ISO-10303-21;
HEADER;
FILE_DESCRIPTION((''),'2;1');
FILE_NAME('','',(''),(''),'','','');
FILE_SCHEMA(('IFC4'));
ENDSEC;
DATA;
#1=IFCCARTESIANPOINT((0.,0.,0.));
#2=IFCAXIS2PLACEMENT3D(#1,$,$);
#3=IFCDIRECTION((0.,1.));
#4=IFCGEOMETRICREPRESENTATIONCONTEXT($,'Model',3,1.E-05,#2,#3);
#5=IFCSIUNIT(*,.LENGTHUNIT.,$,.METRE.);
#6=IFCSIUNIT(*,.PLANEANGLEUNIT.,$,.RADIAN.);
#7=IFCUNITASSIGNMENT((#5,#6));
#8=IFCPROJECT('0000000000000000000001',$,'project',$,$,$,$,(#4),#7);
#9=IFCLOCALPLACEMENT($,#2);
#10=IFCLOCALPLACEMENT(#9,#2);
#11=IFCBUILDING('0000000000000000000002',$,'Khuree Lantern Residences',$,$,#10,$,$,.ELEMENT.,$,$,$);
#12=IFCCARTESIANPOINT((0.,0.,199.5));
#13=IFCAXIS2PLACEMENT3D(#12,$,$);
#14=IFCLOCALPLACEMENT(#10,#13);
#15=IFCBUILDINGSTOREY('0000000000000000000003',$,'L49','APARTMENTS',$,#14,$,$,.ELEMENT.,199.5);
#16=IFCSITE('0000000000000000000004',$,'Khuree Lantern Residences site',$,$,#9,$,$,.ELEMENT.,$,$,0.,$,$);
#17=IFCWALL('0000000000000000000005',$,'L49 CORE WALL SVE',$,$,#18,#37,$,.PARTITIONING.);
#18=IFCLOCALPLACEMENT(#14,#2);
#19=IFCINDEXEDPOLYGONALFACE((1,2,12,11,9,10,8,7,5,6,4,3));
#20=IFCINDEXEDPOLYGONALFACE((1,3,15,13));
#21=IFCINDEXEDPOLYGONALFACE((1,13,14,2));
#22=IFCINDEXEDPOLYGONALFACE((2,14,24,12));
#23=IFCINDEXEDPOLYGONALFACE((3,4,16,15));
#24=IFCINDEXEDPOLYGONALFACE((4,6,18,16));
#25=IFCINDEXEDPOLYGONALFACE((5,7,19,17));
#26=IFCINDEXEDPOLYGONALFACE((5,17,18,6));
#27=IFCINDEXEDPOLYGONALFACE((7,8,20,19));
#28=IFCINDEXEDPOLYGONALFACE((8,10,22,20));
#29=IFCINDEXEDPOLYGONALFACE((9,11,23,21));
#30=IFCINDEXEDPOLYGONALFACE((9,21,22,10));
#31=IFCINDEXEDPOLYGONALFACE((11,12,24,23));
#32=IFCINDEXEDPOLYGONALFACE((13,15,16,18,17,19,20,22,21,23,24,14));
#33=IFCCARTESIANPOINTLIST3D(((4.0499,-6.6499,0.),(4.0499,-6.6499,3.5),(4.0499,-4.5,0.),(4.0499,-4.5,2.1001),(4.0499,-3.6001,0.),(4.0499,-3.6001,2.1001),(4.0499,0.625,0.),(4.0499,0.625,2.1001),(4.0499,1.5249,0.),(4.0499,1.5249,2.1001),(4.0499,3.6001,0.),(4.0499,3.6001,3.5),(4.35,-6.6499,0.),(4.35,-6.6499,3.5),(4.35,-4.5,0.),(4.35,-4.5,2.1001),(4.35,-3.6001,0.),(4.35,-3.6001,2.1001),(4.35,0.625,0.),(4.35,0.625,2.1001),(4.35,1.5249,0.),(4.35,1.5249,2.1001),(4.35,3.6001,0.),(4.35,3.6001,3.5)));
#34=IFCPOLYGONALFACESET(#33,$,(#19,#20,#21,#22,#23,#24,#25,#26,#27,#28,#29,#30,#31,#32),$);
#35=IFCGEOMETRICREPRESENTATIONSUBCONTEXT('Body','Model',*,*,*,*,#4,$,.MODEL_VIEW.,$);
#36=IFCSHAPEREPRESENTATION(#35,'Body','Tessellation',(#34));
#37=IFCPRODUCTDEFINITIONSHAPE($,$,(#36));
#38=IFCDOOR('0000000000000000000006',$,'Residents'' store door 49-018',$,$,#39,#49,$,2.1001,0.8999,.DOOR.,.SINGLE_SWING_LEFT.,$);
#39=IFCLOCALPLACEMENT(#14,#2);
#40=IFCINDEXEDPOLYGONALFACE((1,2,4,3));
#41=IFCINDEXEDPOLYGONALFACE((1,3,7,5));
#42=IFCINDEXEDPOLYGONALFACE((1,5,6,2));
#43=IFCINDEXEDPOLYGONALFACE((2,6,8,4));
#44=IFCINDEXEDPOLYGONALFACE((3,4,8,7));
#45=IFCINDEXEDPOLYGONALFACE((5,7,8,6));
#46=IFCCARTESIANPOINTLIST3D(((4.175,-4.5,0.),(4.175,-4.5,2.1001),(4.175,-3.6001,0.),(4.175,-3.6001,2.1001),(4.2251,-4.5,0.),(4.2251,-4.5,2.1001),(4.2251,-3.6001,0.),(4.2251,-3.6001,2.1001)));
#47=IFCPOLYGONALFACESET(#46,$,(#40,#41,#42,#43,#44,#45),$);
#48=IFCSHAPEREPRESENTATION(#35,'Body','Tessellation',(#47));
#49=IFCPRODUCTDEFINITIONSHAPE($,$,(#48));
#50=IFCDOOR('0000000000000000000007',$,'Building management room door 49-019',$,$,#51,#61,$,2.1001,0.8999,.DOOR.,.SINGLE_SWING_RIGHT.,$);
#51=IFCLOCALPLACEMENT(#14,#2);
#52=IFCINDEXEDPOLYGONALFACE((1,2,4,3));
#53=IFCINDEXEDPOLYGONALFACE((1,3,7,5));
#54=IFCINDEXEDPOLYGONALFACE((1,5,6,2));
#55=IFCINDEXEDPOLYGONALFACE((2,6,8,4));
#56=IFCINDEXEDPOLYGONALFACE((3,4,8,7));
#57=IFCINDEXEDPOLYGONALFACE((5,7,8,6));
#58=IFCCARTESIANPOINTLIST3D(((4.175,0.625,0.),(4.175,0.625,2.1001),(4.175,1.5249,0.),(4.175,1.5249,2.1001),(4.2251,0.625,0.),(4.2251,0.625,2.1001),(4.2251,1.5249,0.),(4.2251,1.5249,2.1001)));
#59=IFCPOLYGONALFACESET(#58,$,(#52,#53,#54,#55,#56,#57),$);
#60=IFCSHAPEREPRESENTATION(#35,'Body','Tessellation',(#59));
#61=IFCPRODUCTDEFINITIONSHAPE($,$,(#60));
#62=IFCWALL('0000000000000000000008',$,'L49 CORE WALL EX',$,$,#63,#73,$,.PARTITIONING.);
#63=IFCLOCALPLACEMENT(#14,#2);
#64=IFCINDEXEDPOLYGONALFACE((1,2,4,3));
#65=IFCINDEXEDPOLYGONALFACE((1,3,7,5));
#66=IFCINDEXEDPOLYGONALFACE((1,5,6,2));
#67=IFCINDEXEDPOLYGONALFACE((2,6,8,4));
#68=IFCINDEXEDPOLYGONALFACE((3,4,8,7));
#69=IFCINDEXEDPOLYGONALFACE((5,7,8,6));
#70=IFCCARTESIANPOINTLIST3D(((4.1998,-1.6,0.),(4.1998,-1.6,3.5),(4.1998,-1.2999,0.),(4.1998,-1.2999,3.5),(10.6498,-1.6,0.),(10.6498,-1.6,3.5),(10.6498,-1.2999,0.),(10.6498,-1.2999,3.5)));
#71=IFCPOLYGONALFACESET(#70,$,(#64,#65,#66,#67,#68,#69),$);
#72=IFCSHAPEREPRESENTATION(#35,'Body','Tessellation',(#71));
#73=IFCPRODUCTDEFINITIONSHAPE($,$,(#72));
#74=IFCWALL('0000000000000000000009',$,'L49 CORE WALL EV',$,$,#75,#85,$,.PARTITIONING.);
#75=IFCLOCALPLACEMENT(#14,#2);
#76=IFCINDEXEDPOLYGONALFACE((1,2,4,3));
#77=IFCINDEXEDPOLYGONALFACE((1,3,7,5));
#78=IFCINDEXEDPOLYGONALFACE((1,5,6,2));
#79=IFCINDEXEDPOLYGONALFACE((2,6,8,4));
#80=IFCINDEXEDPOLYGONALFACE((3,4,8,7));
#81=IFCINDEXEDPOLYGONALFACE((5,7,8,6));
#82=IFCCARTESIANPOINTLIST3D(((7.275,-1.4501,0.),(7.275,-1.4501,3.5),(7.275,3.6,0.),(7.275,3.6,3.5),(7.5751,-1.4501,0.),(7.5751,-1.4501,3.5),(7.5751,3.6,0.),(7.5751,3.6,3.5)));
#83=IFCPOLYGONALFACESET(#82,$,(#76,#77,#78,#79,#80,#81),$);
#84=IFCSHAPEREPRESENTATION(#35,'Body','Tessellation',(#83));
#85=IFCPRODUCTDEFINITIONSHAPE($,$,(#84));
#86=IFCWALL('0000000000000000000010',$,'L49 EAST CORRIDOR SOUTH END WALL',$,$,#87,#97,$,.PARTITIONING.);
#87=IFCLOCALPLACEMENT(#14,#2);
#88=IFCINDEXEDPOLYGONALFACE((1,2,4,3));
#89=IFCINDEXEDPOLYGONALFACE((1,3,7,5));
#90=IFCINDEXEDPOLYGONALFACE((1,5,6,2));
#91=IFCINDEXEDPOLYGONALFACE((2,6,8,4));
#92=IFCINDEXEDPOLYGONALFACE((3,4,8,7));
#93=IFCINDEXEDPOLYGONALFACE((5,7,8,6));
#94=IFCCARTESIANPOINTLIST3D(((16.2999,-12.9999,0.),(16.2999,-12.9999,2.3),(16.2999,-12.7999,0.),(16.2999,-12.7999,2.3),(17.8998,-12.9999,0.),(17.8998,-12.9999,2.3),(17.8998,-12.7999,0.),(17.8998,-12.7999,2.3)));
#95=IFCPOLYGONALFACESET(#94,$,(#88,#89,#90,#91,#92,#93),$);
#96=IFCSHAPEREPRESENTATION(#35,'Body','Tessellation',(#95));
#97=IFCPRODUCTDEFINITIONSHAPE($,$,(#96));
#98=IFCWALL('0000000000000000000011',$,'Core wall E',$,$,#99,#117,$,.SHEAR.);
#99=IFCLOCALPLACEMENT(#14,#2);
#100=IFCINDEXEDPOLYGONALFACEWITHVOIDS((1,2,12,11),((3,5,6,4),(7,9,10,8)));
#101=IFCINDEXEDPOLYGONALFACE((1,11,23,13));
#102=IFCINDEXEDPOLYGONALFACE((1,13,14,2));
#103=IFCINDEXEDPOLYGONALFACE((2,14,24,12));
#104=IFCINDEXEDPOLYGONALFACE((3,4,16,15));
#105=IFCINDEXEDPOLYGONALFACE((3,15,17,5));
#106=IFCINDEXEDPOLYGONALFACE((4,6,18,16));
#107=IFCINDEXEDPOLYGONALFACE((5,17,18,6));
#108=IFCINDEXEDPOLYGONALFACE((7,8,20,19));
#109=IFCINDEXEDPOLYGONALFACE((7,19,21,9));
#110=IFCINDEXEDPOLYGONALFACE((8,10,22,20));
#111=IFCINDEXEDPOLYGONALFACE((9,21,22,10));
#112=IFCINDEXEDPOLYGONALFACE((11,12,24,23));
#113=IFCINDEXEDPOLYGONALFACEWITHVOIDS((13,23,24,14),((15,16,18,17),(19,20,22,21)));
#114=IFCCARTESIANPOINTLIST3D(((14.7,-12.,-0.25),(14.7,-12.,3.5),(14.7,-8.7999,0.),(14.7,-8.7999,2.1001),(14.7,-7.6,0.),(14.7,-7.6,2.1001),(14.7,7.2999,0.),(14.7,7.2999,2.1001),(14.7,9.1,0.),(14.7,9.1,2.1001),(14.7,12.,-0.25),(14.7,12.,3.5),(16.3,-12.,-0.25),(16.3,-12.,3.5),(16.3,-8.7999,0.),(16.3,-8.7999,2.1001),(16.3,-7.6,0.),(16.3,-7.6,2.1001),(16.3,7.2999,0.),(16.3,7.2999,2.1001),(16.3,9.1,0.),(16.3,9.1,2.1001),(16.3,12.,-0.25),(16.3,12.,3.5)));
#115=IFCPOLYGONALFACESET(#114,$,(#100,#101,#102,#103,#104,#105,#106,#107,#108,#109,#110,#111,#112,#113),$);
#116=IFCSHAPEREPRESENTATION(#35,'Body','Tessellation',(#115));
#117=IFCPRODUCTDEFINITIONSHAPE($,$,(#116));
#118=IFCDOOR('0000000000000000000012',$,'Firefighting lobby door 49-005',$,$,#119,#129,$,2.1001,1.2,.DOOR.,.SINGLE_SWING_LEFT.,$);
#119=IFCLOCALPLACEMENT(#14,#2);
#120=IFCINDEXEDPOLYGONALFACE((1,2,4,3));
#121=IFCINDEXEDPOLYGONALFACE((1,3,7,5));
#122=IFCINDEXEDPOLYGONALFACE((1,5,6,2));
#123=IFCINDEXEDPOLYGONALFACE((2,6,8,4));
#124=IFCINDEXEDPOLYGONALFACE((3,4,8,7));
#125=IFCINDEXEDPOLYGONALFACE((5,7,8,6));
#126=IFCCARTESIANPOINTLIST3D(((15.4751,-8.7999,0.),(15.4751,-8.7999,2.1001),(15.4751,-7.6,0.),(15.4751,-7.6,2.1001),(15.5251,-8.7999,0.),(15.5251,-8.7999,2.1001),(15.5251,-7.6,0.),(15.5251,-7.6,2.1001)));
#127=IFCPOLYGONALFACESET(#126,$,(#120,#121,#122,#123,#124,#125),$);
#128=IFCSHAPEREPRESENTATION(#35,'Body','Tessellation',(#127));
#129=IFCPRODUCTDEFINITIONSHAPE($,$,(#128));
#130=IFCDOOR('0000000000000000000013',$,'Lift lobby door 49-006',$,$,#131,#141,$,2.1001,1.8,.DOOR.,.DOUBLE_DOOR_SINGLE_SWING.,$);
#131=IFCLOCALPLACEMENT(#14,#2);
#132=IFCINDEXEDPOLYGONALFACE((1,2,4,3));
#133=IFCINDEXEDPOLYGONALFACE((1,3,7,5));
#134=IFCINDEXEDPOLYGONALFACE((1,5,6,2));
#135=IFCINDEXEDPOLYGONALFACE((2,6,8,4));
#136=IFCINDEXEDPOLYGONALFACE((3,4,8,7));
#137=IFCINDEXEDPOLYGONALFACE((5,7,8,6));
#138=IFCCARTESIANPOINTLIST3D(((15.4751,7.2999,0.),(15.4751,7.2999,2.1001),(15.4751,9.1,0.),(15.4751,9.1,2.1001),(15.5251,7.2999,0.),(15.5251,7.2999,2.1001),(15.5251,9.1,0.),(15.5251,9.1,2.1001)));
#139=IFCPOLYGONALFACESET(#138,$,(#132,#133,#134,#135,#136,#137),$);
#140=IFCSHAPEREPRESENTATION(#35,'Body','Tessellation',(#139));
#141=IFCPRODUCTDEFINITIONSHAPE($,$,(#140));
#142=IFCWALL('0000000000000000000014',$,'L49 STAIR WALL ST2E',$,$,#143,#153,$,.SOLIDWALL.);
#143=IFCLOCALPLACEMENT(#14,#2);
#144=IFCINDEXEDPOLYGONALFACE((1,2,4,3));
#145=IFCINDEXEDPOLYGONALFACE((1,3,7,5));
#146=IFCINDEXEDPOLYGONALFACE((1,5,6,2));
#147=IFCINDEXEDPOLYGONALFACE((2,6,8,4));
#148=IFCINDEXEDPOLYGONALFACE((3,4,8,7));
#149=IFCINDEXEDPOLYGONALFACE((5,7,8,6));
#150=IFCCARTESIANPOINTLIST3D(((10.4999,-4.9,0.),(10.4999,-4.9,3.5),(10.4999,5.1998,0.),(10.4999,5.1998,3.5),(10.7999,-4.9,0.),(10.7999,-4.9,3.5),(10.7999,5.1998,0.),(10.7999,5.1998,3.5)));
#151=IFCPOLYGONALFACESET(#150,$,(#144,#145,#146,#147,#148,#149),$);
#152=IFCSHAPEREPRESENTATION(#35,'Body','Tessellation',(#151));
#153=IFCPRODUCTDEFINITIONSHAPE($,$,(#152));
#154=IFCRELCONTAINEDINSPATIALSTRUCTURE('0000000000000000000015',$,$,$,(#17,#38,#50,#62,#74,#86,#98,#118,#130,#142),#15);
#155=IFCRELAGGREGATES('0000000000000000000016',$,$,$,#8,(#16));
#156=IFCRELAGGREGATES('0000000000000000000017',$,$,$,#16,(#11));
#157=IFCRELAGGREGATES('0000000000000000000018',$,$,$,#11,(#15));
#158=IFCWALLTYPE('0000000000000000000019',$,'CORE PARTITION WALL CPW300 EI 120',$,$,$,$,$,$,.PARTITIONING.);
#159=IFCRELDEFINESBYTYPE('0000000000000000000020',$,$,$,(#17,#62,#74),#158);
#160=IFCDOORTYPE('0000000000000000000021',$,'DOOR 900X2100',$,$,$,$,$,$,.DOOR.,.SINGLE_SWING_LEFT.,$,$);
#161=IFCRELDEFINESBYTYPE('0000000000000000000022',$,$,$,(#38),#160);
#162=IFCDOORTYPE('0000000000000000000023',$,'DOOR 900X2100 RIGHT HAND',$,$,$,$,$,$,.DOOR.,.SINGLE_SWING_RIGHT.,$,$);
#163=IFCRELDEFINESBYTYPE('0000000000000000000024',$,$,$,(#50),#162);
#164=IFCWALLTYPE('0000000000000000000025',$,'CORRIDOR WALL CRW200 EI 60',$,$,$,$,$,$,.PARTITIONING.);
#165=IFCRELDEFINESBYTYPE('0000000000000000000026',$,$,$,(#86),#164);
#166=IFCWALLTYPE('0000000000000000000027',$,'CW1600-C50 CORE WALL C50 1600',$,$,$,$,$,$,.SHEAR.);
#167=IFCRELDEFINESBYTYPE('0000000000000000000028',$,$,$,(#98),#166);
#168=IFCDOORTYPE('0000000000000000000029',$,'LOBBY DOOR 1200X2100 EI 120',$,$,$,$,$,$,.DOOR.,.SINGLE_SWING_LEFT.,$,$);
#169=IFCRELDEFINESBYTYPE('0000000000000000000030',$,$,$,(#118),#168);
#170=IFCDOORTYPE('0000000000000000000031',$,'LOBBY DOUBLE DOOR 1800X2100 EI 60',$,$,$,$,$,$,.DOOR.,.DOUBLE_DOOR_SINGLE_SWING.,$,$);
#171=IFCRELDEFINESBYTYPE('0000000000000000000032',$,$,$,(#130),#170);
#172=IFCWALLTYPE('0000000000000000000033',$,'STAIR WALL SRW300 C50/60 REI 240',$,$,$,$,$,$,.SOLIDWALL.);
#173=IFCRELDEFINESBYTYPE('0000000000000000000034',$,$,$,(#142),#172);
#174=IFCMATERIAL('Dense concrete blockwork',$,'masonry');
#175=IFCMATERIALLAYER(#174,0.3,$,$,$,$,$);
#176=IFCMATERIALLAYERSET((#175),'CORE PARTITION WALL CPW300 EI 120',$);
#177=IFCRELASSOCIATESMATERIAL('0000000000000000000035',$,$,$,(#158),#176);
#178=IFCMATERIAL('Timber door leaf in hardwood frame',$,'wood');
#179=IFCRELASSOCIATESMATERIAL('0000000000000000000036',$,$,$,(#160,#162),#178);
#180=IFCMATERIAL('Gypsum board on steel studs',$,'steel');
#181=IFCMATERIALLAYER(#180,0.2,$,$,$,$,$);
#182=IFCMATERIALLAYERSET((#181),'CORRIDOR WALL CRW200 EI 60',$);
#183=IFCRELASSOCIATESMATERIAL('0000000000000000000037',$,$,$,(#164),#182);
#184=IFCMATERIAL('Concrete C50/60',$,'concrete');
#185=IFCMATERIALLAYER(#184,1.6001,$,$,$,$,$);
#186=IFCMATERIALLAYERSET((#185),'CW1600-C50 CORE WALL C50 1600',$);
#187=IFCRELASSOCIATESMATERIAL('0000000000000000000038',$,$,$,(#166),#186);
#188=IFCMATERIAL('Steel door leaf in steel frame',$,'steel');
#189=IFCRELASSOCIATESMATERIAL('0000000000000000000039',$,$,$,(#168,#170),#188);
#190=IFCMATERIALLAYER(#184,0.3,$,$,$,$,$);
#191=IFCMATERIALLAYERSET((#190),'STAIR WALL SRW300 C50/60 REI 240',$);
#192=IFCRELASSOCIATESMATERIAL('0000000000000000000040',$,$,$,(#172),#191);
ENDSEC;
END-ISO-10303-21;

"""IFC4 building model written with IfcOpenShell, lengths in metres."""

from ifc_helpers import new_model, si_unit, direction, frame, frame_2d, origin, place, context, subcontext, project, spatial, rectangle, extrude, material, layer, layer_set, type_object, element, fill, save


model = new_model("IFC4")

# Units and contexts
model_context = context("Model", 3, precision=1e-05, world=origin(), true_north=direction((0.0, 1.0)))
body_context = subcontext(model_context, "Body", "Model", "MODEL_VIEW")
ifc_project = project(units=[si_unit("LENGTHUNIT", "METRE"), si_unit("PLANEANGLEUNIT", "RADIAN")], contexts=[model_context])

# Site, building, storey
site_placement = place(None, origin())
site = spatial("IfcSite", under=ifc_project, at=site_placement, Name="Khuree Lantern Residences site", CompositionType="ELEMENT", RefElevation=0.0)
building_placement = place(site_placement, origin())
building = spatial("IfcBuilding", under=site, at=building_placement, Name="Khuree Lantern Residences", CompositionType="ELEMENT")
storey_placement = place(building_placement, frame((0.0, 0.0, 199.5)))
storey = spatial("IfcBuildingStorey", under=building, at=storey_placement, Name="L49", Description="APARTMENTS", CompositionType="ELEMENT", Elevation=199.5)

# Shared definitions
ifc_material_1 = material(Name="Concrete C50/60", Category="concrete")

# Shared definitions
ifc_material_2 = material(Name="Dense concrete blockwork", Category="masonry")
ifc_layer_1 = layer(ifc_material_2, 0.3)
ifc_layer_set_1 = layer_set([ifc_layer_1], Name="CORE PARTITION WALL CPW300 EI 120")
wall_type_1 = type_object("IfcWallType", Name="CORE PARTITION WALL CPW300 EI 120", PredefinedType="PARTITIONING", material=ifc_layer_set_1)

# Wall, openings, doors
wall_1_placement = place(storey_placement, frame((4.2, -6.6499, 0.0), z_axis=(0.0, 0.0, 1.0), x_axis=(0.0, 1.0, 0.0)))
wall_1 = element("IfcWall", 1, at=wall_1_placement, inside=storey, type_object=wall_type_1, Name="L49 CORE WALL SVE", PredefinedType="PARTITIONING", context=body_context, shape_type="SweptSolid", body=[
    extrude(rectangle(XDim=10.25, YDim=0.3, at=frame_2d((5.125, 0.0))), origin(), (0.0, 0.0, 1.0), 3.5),
])
opening_1_placement = place(wall_1_placement, frame((2.1499, 0.0, 0.0)))
opening_1 = element("IfcOpeningElement", 2, at=opening_1_placement, cuts=wall_1, PredefinedType="OPENING", context=body_context, shape_type="SweptSolid", body=[
    extrude(rectangle(XDim=0.8999, YDim=2.1001, at=frame_2d((0.45, 1.05))), frame((0.0, 0.1602, 0.0), z_axis=(0.0, -1.0, 0.0), x_axis=(1.0, 0.0, 0.0)), (0.0, 0.0, 1.0), 0.3201),
])
opening_2_placement = place(wall_1_placement, frame((7.2749, 0.0, 0.0)))
opening_2 = element("IfcOpeningElement", 3, at=opening_2_placement, cuts=wall_1, PredefinedType="OPENING", context=body_context, shape_type="SweptSolid", body=[
    extrude(rectangle(XDim=0.8999, YDim=2.1001, at=frame_2d((0.45, 1.05))), frame((0.0, 0.1602, 0.0), z_axis=(0.0, -1.0, 0.0), x_axis=(1.0, 0.0, 0.0)), (0.0, 0.0, 1.0), 0.3201),
])
ifc_material_3 = material(Name="Timber door leaf in hardwood frame", Category="wood")
door_type_1 = type_object("IfcDoorType", Name="DOOR 900X2100", OperationType="SINGLE_SWING_LEFT", PredefinedType="DOOR", material=ifc_material_3)
door_1_placement = place(opening_1_placement, origin())
door_1 = element("IfcDoor", 4, at=door_1_placement, inside=storey, type_object=door_type_1, Name="Residents' store door 49-018", OperationType="SINGLE_SWING_LEFT", OverallHeight=2.1001, OverallWidth=0.8999, PredefinedType="DOOR", context=body_context, shape_type="SweptSolid", body=[
    extrude(rectangle(XDim=0.8999, YDim=2.1001, at=frame_2d((0.45, 1.05))), frame((0.0, 0.0249, 0.0), z_axis=(0.0, -1.0, 0.0), x_axis=(1.0, 0.0, 0.0)), (0.0, 0.0, 1.0), 0.05),
])
fill(opening_1, door_1)
door_type_2 = type_object("IfcDoorType", Name="DOOR 900X2100 RIGHT HAND", OperationType="SINGLE_SWING_RIGHT", PredefinedType="DOOR", material=ifc_material_3)
door_2_placement = place(opening_2_placement, origin())
door_2 = element("IfcDoor", 5, at=door_2_placement, inside=storey, type_object=door_type_2, Name="Building management room door 49-019", OperationType="SINGLE_SWING_RIGHT", OverallHeight=2.1001, OverallWidth=0.8999, PredefinedType="DOOR", context=body_context, shape_type="SweptSolid", body=[
    extrude(rectangle(XDim=0.8999, YDim=2.1001, at=frame_2d((0.45, 1.05))), frame((0.0, 0.0249, 0.0), z_axis=(0.0, -1.0, 0.0), x_axis=(1.0, 0.0, 0.0)), (0.0, 0.0, 1.0), 0.05),
])
fill(opening_2, door_2)

# Walls
wall_2_placement = place(storey_placement, frame((10.6499, -1.45, 0.0), z_axis=(0.0, 0.0, 1.0), x_axis=(-1.0, 0.0, 0.0)))
element("IfcWall", 6, at=wall_2_placement, inside=storey, type_object=wall_type_1, Name="L49 CORE WALL EX", PredefinedType="PARTITIONING", context=body_context, shape_type="SweptSolid", body=[
    extrude(rectangle(XDim=6.45, YDim=0.3, at=frame_2d((3.2251, 0.0))), origin(), (0.0, 0.0, 1.0), 3.5),
])
wall_3_placement = place(storey_placement, frame((7.425, -1.45, 0.0), z_axis=(0.0, 0.0, 1.0), x_axis=(0.0, 1.0, 0.0)))
element("IfcWall", 7, at=wall_3_placement, inside=storey, type_object=wall_type_1, Name="L49 CORE WALL EV", PredefinedType="PARTITIONING", context=body_context, shape_type="SweptSolid", body=[
    extrude(rectangle(XDim=5.05, YDim=0.3, at=frame_2d((2.5249, 0.0))), origin(), (0.0, 0.0, 1.0), 3.5),
])
ifc_material_4 = material(Name="Gypsum board on steel studs", Category="steel")
ifc_layer_2 = layer(ifc_material_4, 0.2)
ifc_layer_set_2 = layer_set([ifc_layer_2], Name="CORRIDOR WALL CRW200 EI 60")
wall_type_2 = type_object("IfcWallType", Name="CORRIDOR WALL CRW200 EI 60", PredefinedType="PARTITIONING", material=ifc_layer_set_2)
wall_4_placement = place(storey_placement, frame((16.3, -12.8999, 0.0), z_axis=(0.0, 0.0, 1.0), x_axis=(1.0, 0.0, 0.0)))
element("IfcWall", 8, at=wall_4_placement, inside=storey, type_object=wall_type_2, Name="L49 EAST CORRIDOR SOUTH END WALL", PredefinedType="PARTITIONING", context=body_context, shape_type="SweptSolid", body=[
    extrude(rectangle(XDim=1.5999, YDim=0.2, at=frame_2d((0.7998, 0.0))), origin(), (0.0, 0.0, 1.0), 2.3),
])

# Wall, openings, doors
ifc_layer_3 = layer(ifc_material_1, 1.6001)
ifc_layer_set_3 = layer_set([ifc_layer_3], Name="CW1600-C50 CORE WALL C50 1600")
wall_type_3 = type_object("IfcWallType", Name="CW1600-C50 CORE WALL C50 1600", PredefinedType="SHEAR", material=ifc_layer_set_3)
wall_5_placement = place(storey_placement, frame((15.5, -12.0, -0.25), z_axis=(0.0, 0.0, 1.0), x_axis=(0.0, 1.0, 0.0)))
wall_5 = element("IfcWall", 9, at=wall_5_placement, inside=storey, type_object=wall_type_3, Name="Core wall E", PredefinedType="SHEAR", context=body_context, shape_type="SweptSolid", body=[
    extrude(rectangle(XDim=24.0, YDim=1.6001, at=frame_2d((12.0, 0.0))), origin(), (0.0, 0.0, 1.0), 3.75),
])
opening_3_placement = place(wall_5_placement, frame((3.2, 0.0, 0.25)))
opening_3 = element("IfcOpeningElement", 10, at=opening_3_placement, cuts=wall_5, PredefinedType="OPENING", context=body_context, shape_type="SweptSolid", body=[
    extrude(rectangle(XDim=1.2, YDim=2.1001, at=frame_2d((0.6001, 1.05))), frame((0.0, 0.8101, 0.0), z_axis=(0.0, -1.0, 0.0), x_axis=(1.0, 0.0, 0.0)), (0.0, 0.0, 1.0), 1.6201),
])
opening_4_placement = place(wall_5_placement, frame((19.3, 0.0, 0.25)))
opening_4 = element("IfcOpeningElement", 11, at=opening_4_placement, cuts=wall_5, PredefinedType="OPENING", context=body_context, shape_type="SweptSolid", body=[
    extrude(rectangle(XDim=1.8, YDim=2.1001, at=frame_2d((0.8999, 1.05))), frame((0.0, 0.8101, 0.0), z_axis=(0.0, -1.0, 0.0), x_axis=(1.0, 0.0, 0.0)), (0.0, 0.0, 1.0), 1.6201),
])
ifc_material_5 = material(Name="Steel door leaf in steel frame", Category="steel")
door_type_3 = type_object("IfcDoorType", Name="LOBBY DOOR 1200X2100 EI 120", OperationType="SINGLE_SWING_LEFT", PredefinedType="DOOR", material=ifc_material_5)
door_3_placement = place(opening_3_placement, origin())
door_3 = element("IfcDoor", 12, at=door_3_placement, inside=storey, type_object=door_type_3, Name="Firefighting lobby door 49-005", OperationType="SINGLE_SWING_LEFT", OverallHeight=2.1001, OverallWidth=1.2, PredefinedType="DOOR", context=body_context, shape_type="SweptSolid", body=[
    extrude(rectangle(XDim=1.2, YDim=2.1001, at=frame_2d((0.6001, 1.05))), frame((0.0, 0.0249, 0.0), z_axis=(0.0, -1.0, 0.0), x_axis=(1.0, 0.0, 0.0)), (0.0, 0.0, 1.0), 0.05),
])
fill(opening_3, door_3)
door_type_4 = type_object("IfcDoorType", Name="LOBBY DOUBLE DOOR 1800X2100 EI 60", OperationType="DOUBLE_DOOR_SINGLE_SWING", PredefinedType="DOOR", material=ifc_material_5)
door_4_placement = place(opening_4_placement, origin())
door_4 = element("IfcDoor", 13, at=door_4_placement, inside=storey, type_object=door_type_4, Name="Lift lobby door 49-006", OperationType="DOUBLE_DOOR_SINGLE_SWING", OverallHeight=2.1001, OverallWidth=1.8, PredefinedType="DOOR", context=body_context, shape_type="SweptSolid", body=[
    extrude(rectangle(XDim=1.8, YDim=2.1001, at=frame_2d((0.8999, 1.05))), frame((0.0, 0.0249, 0.0), z_axis=(0.0, -1.0, 0.0), x_axis=(1.0, 0.0, 0.0)), (0.0, 0.0, 1.0), 0.05),
])
fill(opening_4, door_4)

# Wall
ifc_layer_4 = layer(ifc_material_1, 0.3)
ifc_layer_set_4 = layer_set([ifc_layer_4], Name="STAIR WALL SRW300 C50/60 REI 240")
wall_type_4 = type_object("IfcWallType", Name="STAIR WALL SRW300 C50/60 REI 240", PredefinedType="SOLIDWALL", material=ifc_layer_set_4)
wall_6_placement = place(storey_placement, frame((10.6499, -4.8999, 0.0), z_axis=(0.0, 0.0, 1.0), x_axis=(0.0, 1.0, 0.0)))
element("IfcWall", 14, at=wall_6_placement, inside=storey, type_object=wall_type_4, Name="L49 STAIR WALL ST2E", PredefinedType="SOLIDWALL", context=body_context, shape_type="SweptSolid", body=[
    extrude(rectangle(XDim=10.0999, YDim=0.3, at=frame_2d((5.0498, 0.0))), origin(), (0.0, 0.0, 1.0), 3.5),
])

save(model, "model.ifc")
